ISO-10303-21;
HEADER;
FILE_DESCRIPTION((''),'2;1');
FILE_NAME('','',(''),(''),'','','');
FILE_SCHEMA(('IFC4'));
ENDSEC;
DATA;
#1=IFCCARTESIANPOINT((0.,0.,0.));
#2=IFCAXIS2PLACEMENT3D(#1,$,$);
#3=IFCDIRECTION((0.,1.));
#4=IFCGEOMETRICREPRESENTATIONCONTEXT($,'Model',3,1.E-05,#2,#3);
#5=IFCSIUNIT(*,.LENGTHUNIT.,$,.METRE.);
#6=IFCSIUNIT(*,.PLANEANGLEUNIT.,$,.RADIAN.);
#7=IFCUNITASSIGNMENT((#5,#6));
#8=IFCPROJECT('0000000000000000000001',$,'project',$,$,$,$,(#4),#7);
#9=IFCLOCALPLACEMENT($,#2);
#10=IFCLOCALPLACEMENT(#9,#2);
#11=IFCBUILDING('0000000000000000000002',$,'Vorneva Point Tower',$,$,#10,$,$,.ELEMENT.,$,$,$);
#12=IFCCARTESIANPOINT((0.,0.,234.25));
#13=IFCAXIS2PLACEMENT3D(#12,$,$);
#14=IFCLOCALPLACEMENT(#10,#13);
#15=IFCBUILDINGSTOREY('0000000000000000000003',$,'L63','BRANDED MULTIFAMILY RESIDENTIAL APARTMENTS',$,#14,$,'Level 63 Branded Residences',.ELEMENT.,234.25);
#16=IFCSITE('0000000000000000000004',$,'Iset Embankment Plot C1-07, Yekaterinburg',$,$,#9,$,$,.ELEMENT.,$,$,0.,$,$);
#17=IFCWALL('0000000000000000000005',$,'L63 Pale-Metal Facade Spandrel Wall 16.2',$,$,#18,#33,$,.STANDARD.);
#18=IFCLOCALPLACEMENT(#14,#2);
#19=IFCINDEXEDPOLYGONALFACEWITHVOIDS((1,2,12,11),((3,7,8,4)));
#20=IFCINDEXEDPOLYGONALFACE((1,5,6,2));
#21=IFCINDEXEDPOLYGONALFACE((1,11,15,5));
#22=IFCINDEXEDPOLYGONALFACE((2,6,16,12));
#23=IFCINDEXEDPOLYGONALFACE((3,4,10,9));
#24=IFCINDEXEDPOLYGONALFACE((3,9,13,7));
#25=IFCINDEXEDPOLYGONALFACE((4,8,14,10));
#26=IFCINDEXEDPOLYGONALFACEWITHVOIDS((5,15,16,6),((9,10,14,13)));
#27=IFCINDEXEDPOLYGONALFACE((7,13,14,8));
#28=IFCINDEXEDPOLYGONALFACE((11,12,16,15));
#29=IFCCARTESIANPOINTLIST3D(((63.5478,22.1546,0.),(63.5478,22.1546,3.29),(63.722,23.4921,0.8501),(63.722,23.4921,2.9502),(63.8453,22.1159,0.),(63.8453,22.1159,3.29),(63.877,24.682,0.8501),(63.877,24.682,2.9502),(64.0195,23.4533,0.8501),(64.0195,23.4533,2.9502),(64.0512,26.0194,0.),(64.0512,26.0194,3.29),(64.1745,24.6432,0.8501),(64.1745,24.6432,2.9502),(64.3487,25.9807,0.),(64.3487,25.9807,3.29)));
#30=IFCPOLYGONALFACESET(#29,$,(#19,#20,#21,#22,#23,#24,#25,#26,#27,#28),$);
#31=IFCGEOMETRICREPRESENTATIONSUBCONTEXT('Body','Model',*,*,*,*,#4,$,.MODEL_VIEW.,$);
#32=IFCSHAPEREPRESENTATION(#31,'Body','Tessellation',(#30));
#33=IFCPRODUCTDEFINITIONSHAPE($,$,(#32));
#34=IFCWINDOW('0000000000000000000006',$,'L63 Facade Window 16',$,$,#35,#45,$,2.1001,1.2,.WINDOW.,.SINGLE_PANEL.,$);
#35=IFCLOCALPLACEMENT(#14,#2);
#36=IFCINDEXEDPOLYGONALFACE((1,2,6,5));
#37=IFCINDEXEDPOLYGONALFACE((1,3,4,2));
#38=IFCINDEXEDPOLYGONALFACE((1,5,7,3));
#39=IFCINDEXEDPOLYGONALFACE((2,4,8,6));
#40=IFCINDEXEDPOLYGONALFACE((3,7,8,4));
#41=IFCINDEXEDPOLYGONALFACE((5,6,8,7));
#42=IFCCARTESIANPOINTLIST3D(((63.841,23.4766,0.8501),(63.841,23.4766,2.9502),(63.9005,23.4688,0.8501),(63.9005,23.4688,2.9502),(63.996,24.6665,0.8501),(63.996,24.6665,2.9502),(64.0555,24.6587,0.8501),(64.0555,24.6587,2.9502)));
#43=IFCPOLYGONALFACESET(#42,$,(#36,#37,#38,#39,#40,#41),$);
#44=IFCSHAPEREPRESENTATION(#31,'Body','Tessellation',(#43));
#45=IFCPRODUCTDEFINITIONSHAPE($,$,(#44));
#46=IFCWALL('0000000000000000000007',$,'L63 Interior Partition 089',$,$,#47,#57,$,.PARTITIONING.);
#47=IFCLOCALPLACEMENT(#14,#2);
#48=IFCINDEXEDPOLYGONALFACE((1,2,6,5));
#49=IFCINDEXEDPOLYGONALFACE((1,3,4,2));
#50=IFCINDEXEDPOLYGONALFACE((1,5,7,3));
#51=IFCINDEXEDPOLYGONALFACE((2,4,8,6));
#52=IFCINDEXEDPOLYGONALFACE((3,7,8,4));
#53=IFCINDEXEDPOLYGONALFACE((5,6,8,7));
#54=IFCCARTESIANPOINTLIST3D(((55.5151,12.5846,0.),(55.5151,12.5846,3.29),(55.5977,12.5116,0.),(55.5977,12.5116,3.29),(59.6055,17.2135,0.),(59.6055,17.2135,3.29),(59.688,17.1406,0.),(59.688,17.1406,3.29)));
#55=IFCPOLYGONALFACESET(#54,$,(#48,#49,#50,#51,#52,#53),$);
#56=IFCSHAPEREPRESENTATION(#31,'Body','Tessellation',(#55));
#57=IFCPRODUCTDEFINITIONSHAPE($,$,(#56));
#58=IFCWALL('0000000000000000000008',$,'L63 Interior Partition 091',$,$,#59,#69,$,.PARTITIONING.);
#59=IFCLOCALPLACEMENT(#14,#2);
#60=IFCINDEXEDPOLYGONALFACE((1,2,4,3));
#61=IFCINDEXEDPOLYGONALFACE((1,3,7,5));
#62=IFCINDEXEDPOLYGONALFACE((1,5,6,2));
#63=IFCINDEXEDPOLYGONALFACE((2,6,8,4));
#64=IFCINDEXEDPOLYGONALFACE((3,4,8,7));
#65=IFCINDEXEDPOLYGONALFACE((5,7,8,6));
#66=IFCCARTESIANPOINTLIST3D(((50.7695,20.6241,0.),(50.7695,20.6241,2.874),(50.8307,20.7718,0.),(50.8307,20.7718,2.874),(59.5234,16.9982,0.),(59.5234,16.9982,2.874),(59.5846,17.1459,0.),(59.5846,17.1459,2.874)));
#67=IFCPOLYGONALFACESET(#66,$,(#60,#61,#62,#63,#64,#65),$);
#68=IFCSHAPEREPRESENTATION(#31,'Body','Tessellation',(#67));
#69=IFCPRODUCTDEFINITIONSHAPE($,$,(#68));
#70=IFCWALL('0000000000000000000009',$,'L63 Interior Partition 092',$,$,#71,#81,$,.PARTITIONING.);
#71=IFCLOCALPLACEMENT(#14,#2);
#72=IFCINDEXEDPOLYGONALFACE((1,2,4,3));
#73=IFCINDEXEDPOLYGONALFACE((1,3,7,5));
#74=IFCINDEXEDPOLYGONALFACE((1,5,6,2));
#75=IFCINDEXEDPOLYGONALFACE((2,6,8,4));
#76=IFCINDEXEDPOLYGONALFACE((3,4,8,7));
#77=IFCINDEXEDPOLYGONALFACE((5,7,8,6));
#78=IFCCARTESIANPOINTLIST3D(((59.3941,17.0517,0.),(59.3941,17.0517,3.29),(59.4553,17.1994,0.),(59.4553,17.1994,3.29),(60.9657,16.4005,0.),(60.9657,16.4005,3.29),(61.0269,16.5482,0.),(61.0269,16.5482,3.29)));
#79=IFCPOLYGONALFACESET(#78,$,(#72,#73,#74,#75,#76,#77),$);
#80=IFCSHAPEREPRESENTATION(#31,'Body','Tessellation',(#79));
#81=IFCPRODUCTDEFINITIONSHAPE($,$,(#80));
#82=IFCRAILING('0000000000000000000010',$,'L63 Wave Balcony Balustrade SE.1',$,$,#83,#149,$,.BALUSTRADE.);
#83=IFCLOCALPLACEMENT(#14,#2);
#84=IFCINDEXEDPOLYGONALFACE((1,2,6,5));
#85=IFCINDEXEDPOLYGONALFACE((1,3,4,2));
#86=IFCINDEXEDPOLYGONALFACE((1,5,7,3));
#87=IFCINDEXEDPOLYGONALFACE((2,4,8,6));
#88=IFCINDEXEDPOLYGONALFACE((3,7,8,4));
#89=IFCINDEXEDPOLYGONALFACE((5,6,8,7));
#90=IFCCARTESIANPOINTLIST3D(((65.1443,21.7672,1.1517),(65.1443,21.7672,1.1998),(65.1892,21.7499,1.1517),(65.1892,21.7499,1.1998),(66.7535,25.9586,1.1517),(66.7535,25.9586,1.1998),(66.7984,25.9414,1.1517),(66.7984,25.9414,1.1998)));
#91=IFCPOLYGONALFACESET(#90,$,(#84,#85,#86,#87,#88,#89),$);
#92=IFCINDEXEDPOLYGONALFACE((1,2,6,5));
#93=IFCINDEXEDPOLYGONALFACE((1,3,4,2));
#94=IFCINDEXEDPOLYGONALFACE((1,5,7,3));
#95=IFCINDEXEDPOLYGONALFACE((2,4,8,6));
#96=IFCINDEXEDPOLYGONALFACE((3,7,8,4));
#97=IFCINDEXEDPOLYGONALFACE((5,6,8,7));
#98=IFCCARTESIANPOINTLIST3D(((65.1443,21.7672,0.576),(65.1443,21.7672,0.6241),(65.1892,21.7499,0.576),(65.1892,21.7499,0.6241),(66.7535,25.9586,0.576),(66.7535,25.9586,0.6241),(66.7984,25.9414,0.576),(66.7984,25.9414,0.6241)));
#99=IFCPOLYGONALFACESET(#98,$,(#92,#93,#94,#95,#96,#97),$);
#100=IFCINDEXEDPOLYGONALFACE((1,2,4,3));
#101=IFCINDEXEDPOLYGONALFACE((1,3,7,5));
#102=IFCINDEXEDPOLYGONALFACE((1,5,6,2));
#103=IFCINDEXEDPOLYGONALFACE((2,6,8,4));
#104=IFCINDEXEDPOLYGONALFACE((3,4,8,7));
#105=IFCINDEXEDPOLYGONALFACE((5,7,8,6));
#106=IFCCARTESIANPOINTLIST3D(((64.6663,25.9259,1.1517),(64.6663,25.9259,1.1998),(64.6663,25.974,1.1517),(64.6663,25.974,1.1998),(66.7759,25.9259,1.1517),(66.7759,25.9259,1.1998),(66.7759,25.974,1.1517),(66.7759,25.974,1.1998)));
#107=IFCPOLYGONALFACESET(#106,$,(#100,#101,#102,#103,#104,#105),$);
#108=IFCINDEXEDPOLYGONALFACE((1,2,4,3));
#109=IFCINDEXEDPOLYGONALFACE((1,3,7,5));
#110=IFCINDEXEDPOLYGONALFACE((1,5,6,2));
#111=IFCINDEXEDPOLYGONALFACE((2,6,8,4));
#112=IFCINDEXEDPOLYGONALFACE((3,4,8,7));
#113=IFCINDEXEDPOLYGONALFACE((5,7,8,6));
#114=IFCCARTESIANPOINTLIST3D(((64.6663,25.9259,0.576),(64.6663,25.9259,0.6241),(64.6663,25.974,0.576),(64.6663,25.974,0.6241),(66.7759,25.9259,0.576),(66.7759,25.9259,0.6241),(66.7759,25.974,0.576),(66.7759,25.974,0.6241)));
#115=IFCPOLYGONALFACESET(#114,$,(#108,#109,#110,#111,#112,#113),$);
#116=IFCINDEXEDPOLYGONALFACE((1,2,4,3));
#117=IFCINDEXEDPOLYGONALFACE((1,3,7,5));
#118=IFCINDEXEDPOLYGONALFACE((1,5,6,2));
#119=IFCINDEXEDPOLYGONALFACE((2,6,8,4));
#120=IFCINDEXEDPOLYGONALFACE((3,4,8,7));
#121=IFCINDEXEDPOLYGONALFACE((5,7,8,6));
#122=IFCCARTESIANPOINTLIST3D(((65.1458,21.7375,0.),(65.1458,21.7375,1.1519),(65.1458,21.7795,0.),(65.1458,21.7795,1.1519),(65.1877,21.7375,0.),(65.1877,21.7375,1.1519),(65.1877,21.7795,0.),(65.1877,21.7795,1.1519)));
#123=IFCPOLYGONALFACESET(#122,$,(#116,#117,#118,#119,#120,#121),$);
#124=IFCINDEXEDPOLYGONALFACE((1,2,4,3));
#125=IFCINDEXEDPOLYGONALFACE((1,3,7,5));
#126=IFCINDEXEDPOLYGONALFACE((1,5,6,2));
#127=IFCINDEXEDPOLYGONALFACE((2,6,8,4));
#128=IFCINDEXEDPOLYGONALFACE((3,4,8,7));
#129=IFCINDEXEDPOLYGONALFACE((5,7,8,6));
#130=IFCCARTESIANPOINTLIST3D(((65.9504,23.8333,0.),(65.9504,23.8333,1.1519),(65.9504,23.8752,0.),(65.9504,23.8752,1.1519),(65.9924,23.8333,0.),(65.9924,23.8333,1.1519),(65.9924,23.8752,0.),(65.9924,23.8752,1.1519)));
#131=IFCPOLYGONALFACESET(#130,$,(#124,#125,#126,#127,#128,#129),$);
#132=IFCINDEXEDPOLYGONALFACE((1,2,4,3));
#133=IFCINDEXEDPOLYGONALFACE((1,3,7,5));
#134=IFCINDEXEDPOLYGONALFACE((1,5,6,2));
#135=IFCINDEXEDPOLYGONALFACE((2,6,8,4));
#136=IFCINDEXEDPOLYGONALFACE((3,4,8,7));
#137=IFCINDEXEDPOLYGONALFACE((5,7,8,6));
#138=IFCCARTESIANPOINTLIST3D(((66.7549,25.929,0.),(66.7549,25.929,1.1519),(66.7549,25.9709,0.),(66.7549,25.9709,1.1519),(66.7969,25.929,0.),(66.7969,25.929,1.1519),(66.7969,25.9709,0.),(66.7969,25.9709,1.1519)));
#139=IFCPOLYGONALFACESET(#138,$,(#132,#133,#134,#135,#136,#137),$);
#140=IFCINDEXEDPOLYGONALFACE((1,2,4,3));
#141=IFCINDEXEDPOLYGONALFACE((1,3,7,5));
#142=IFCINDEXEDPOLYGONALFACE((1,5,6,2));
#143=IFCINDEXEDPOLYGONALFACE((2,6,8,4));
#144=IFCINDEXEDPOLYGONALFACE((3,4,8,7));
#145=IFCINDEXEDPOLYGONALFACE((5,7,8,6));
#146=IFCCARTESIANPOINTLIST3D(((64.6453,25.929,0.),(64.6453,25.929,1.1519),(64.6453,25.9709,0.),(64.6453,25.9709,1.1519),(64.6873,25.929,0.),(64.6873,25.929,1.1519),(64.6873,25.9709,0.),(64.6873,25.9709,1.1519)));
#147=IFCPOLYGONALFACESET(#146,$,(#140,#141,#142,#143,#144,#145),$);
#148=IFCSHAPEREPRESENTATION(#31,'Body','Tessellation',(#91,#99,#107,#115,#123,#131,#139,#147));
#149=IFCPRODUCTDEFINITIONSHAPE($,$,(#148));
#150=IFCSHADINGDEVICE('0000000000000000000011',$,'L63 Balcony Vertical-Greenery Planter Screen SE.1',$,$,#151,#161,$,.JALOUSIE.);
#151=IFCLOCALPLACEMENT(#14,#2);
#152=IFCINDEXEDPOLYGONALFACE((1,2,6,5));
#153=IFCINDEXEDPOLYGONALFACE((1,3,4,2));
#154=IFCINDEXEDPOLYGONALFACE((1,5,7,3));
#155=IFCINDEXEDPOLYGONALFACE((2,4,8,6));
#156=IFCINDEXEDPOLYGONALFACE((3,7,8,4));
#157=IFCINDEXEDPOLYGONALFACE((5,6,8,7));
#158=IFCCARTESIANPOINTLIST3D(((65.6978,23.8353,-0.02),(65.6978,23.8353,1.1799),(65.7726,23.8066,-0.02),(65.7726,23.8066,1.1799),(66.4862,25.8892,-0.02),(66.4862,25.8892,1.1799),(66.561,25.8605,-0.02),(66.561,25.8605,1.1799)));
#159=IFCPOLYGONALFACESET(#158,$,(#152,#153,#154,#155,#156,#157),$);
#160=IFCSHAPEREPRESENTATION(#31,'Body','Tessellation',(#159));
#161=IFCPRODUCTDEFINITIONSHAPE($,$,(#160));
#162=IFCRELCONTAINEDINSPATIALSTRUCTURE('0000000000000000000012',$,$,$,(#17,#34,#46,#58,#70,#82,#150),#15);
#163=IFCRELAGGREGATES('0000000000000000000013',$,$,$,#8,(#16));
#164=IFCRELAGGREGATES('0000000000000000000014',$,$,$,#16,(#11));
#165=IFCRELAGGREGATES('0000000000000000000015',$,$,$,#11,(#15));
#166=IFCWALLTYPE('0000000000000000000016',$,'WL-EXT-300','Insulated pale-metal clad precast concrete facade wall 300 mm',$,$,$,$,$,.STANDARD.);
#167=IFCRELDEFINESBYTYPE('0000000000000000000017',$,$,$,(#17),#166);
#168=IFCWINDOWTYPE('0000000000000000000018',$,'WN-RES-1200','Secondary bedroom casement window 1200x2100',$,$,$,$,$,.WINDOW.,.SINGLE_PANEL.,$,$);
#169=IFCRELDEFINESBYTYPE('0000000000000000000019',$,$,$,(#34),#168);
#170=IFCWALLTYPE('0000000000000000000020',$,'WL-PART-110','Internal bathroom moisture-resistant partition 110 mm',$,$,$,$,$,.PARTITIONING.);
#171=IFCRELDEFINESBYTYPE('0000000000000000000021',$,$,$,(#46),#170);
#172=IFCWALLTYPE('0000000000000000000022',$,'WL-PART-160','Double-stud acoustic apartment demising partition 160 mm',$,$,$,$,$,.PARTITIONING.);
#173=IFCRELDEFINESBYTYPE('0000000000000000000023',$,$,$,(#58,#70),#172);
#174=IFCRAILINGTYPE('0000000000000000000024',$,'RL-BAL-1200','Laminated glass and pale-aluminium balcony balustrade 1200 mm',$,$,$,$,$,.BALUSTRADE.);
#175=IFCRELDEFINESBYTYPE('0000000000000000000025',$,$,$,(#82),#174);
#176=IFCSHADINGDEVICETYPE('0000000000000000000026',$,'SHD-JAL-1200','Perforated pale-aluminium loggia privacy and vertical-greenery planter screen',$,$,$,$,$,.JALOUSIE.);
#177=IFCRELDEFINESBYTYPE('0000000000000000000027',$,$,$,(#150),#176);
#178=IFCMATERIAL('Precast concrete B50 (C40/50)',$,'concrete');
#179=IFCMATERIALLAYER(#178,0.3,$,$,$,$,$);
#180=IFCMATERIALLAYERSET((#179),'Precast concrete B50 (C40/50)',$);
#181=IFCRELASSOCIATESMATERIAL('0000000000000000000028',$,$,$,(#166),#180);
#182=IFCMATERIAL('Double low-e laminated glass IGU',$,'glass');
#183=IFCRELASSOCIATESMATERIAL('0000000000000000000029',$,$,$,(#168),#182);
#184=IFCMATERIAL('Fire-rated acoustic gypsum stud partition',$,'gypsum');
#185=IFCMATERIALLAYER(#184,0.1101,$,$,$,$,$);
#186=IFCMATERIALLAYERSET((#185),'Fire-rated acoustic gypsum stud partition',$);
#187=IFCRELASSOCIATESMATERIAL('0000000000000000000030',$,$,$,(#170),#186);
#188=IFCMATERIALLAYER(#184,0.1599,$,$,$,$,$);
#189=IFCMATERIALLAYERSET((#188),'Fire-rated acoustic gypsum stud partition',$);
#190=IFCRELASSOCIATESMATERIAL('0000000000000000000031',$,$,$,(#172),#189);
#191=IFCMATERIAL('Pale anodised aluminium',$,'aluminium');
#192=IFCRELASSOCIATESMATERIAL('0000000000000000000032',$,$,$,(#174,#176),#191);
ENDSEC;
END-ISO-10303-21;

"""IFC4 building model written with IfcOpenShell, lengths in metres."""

from ifc_helpers import new_model, si_unit, direction, frame, frame_2d, origin, origin_2d, place, context, subcontext, project, spatial, rectangle, extrude, material, layer, layer_set, type_object, element, fill, save


model = new_model("IFC4")

# Units and contexts
model_context = context("Model", 3, precision=1e-05, world=origin(), true_north=direction((0.0, 1.0)))
body_context = subcontext(model_context, "Body", "Model", "MODEL_VIEW")
ifc_project = project(units=[si_unit("LENGTHUNIT", "METRE"), si_unit("PLANEANGLEUNIT", "RADIAN")], contexts=[model_context])

# Site, building, storey
site_placement = place(None, origin())
site = spatial("IfcSite", under=ifc_project, at=site_placement, Name="Iset Embankment Plot C1-07, Yekaterinburg", CompositionType="ELEMENT", RefElevation=0.0)
building_placement = place(site_placement, origin())
building = spatial("IfcBuilding", under=site, at=building_placement, Name="Vorneva Point Tower", CompositionType="ELEMENT")
storey_placement = place(building_placement, frame((0.0, 0.0, 234.25)))
storey = spatial("IfcBuildingStorey", under=building, at=storey_placement, Name="L63", Description="BRANDED MULTIFAMILY RESIDENTIAL APARTMENTS", LongName="Level 63 Branded Residences", CompositionType="ELEMENT", Elevation=234.25)

# Shared definitions
ifc_material_1 = material(Name="Pale anodised aluminium", Category="aluminium")

# Shared definitions
ifc_material_2 = material(Name="Double low-e laminated glass IGU", Category="glass")

# Shared definitions
ifc_material_3 = material(Name="Precast concrete B50 (C40/50)", Category="concrete")
ifc_layer_1 = layer(ifc_material_3, 0.3)
ifc_layer_set_1 = layer_set([ifc_layer_1], Name="Precast concrete B50 (C40/50)")
wall_type_1 = type_object("IfcWallType", Name="WL-EXT-300", Description="Insulated pale-metal clad precast concrete facade wall 300 mm", PredefinedType="STANDARD", material=ifc_layer_set_1)

# Wall, opening, window
wall_1_placement = place(storey_placement, frame((63.6965, 22.1353, 0.0), z_axis=(0.0, 0.0, 1.0), x_axis=(0.129168, 0.991623, 0.0)))
wall_1 = element("IfcWall", 1, at=wall_1_placement, inside=storey, type_object=wall_type_1, Name="L63 Pale-Metal Facade Spandrel Wall 16.2", PredefinedType="STANDARD", context=body_context, shape_type="SweptSolid", body=[
    extrude(rectangle(XDim=3.8975, YDim=0.3, at=frame_2d((1.9487, 0.0))), origin(), (0.0, 0.0, 1.0), 3.29),
])
opening_1_placement = place(wall_1_placement, frame((1.3486, 0.0, 0.8501)))
opening_1 = element("IfcOpeningElement", 2, at=opening_1_placement, cuts=wall_1, PredefinedType="OPENING", context=body_context, shape_type="SweptSolid", body=[
    extrude(rectangle(XDim=1.2, YDim=2.1001, at=frame_2d((0.6001, 1.05))), frame((0.0, 0.165, 0.0), z_axis=(0.0, -1.0, 0.0), x_axis=(1.0, 0.0, 0.0)), (0.0, 0.0, 1.0), 0.3298),
])
window_type = type_object("IfcWindowType", Name="WN-RES-1200", Description="Secondary bedroom casement window 1200x2100", PartitioningType="SINGLE_PANEL", PredefinedType="WINDOW", material=ifc_material_2)
window_placement = place(opening_1_placement, origin())
window = element("IfcWindow", 3, at=window_placement, inside=storey, type_object=window_type, Name="L63 Facade Window 16", OverallHeight=2.1001, OverallWidth=1.2, PartitioningType="SINGLE_PANEL", PredefinedType="WINDOW", context=body_context, shape_type="SweptSolid", body=[
    extrude(rectangle(XDim=1.2, YDim=2.1001, at=frame_2d((0.6001, 1.05))), frame((0.0, 0.03, 0.0), z_axis=(0.0, -1.0, 0.0), x_axis=(1.0, 0.0, 0.0)), (0.0, 0.0, 1.0), 0.0601),
])
fill(opening_1, window)

# Walls
ifc_material_4 = material(Name="Fire-rated acoustic gypsum stud partition", Category="gypsum")
ifc_layer_2 = layer(ifc_material_4, 0.1101)
ifc_layer_set_2 = layer_set([ifc_layer_2], Name="Fire-rated acoustic gypsum stud partition")
wall_type_2 = type_object("IfcWallType", Name="WL-PART-110", Description="Internal bathroom moisture-resistant partition 110 mm", PredefinedType="PARTITIONING", material=ifc_layer_set_2)
wall_2_placement = place(storey_placement, frame((55.5564, 12.5481, 0.0), z_axis=(0.0, 0.0, 1.0), x_axis=(0.662168, 0.749356, 0.0)))
element("IfcWall", 4, at=wall_2_placement, inside=storey, type_object=wall_type_2, Name="L63 Interior Partition 089", PredefinedType="PARTITIONING", context=body_context, shape_type="SweptSolid", body=[
    extrude(rectangle(XDim=6.1772, YDim=0.1101, at=frame_2d((3.0886, 0.0))), origin(), (0.0, 0.0, 1.0), 3.29),
])
ifc_layer_3 = layer(ifc_material_4, 0.1599)
ifc_layer_set_3 = layer_set([ifc_layer_3], Name="Fire-rated acoustic gypsum stud partition")
wall_type_3 = type_object("IfcWallType", Name="WL-PART-160", Description="Double-stud acoustic apartment demising partition 160 mm", PredefinedType="PARTITIONING", material=ifc_layer_set_3)
wall_3_placement = place(storey_placement, frame((59.554, 17.072, 0.0), z_axis=(0.0, 0.0, 1.0), x_axis=(-0.92388, 0.382683, 0.0)))
element("IfcWall", 5, at=wall_3_placement, inside=storey, type_object=wall_type_3, Name="L63 Interior Partition 091", PredefinedType="PARTITIONING", context=body_context, shape_type="SweptSolid", body=[
    extrude(rectangle(XDim=9.4751, YDim=0.1599, at=frame_2d((4.7375, 0.0))), origin(), (0.0, 0.0, 1.0), 2.874),
])
wall_4_placement = place(storey_placement, frame((60.9963, 16.4744, 0.0), z_axis=(0.0, 0.0, 1.0), x_axis=(-0.923844, 0.38277, 0.0)))
element("IfcWall", 6, at=wall_4_placement, inside=storey, type_object=wall_type_3, Name="L63 Interior Partition 092", PredefinedType="PARTITIONING", context=body_context, shape_type="SweptSolid", body=[
    extrude(rectangle(XDim=1.7012, YDim=0.1599, at=frame_2d((0.8506, 0.0))), origin(), (0.0, 0.0, 1.0), 3.29),
])

# Railing
railing_type = type_object("IfcRailingType", Name="RL-BAL-1200", Description="Laminated glass and pale-aluminium balcony balustrade 1200 mm", PredefinedType="BALUSTRADE", material=ifc_material_1)
railing_placement = place(storey_placement, frame((65.1667, 21.7585, 0.0)))
element("IfcRailing", 7, at=railing_placement, inside=storey, type_object=railing_type, Name="L63 Wave Balcony Balustrade SE.1", PredefinedType="BALUSTRADE", context=body_context, shape_type="SweptSolid", body=[
    extrude(rectangle(XDim=0.0481, YDim=0.0481, at=origin_2d()), frame((0.0, 0.0, 1.1758), z_axis=(0.358407, 0.933565, 0.0), x_axis=(-0.933565, 0.358407, 0.0)), (0.0, 0.0, 1.0), 4.4897),
    extrude(rectangle(XDim=0.0481, YDim=0.0481, at=origin_2d()), frame((0.0, 0.0, 0.6001), z_axis=(0.358407, 0.933565, 0.0), x_axis=(-0.933565, 0.358407, 0.0)), (0.0, 0.0, 1.0), 4.4897),
    extrude(rectangle(XDim=0.0481, YDim=0.0481, at=origin_2d()), frame((1.6091, 4.1914, 1.1758), z_axis=(-1.0, 0.0, 0.0), x_axis=(0.0, -1.0, 0.0)), (0.0, 0.0, 1.0), 2.1096),
    extrude(rectangle(XDim=0.0481, YDim=0.0481, at=origin_2d()), frame((1.6091, 4.1914, 0.6001), z_axis=(-1.0, 0.0, 0.0), x_axis=(0.0, -1.0, 0.0)), (0.0, 0.0, 1.0), 2.1096),
    extrude(rectangle(XDim=0.042, YDim=0.042, at=origin_2d()), origin(), (0.0, 0.0, 1.0), 1.1519),
    extrude(rectangle(XDim=0.042, YDim=0.042, at=origin_2d()), frame((0.8047, 2.0957, 0.0)), (0.0, 0.0, 1.0), 1.1519),
    extrude(rectangle(XDim=0.042, YDim=0.042, at=origin_2d()), frame((1.6091, 4.1914, 0.0)), (0.0, 0.0, 1.0), 1.1519),
    extrude(rectangle(XDim=0.042, YDim=0.042, at=origin_2d()), frame((-0.5005, 4.1914, 0.0)), (0.0, 0.0, 1.0), 1.1519),
])

# Shading device
shading_device_type = type_object("IfcShadingDeviceType", Name="SHD-JAL-1200", Description="Perforated pale-aluminium loggia privacy and vertical-greenery planter screen", PredefinedType="JALOUSIE", material=ifc_material_1)
shading_device_placement = place(storey_placement, frame((66.1294, 24.8479, -0.02), z_axis=(0.0, 0.0, 1.0), x_axis=(0.358384, 0.933574, 0.0)))
element("IfcShadingDevice", 8, at=shading_device_placement, inside=storey, type_object=shading_device_type, Name="L63 Balcony Vertical-Greenery Planter Screen SE.1", PredefinedType="JALOUSIE", context=body_context, shape_type="SweptSolid", body=[
    extrude(rectangle(XDim=2.2, YDim=0.0801, at=origin_2d()), origin(), (0.0, 0.0, 1.0), 1.2),
])

save(model, "model.ifc")
